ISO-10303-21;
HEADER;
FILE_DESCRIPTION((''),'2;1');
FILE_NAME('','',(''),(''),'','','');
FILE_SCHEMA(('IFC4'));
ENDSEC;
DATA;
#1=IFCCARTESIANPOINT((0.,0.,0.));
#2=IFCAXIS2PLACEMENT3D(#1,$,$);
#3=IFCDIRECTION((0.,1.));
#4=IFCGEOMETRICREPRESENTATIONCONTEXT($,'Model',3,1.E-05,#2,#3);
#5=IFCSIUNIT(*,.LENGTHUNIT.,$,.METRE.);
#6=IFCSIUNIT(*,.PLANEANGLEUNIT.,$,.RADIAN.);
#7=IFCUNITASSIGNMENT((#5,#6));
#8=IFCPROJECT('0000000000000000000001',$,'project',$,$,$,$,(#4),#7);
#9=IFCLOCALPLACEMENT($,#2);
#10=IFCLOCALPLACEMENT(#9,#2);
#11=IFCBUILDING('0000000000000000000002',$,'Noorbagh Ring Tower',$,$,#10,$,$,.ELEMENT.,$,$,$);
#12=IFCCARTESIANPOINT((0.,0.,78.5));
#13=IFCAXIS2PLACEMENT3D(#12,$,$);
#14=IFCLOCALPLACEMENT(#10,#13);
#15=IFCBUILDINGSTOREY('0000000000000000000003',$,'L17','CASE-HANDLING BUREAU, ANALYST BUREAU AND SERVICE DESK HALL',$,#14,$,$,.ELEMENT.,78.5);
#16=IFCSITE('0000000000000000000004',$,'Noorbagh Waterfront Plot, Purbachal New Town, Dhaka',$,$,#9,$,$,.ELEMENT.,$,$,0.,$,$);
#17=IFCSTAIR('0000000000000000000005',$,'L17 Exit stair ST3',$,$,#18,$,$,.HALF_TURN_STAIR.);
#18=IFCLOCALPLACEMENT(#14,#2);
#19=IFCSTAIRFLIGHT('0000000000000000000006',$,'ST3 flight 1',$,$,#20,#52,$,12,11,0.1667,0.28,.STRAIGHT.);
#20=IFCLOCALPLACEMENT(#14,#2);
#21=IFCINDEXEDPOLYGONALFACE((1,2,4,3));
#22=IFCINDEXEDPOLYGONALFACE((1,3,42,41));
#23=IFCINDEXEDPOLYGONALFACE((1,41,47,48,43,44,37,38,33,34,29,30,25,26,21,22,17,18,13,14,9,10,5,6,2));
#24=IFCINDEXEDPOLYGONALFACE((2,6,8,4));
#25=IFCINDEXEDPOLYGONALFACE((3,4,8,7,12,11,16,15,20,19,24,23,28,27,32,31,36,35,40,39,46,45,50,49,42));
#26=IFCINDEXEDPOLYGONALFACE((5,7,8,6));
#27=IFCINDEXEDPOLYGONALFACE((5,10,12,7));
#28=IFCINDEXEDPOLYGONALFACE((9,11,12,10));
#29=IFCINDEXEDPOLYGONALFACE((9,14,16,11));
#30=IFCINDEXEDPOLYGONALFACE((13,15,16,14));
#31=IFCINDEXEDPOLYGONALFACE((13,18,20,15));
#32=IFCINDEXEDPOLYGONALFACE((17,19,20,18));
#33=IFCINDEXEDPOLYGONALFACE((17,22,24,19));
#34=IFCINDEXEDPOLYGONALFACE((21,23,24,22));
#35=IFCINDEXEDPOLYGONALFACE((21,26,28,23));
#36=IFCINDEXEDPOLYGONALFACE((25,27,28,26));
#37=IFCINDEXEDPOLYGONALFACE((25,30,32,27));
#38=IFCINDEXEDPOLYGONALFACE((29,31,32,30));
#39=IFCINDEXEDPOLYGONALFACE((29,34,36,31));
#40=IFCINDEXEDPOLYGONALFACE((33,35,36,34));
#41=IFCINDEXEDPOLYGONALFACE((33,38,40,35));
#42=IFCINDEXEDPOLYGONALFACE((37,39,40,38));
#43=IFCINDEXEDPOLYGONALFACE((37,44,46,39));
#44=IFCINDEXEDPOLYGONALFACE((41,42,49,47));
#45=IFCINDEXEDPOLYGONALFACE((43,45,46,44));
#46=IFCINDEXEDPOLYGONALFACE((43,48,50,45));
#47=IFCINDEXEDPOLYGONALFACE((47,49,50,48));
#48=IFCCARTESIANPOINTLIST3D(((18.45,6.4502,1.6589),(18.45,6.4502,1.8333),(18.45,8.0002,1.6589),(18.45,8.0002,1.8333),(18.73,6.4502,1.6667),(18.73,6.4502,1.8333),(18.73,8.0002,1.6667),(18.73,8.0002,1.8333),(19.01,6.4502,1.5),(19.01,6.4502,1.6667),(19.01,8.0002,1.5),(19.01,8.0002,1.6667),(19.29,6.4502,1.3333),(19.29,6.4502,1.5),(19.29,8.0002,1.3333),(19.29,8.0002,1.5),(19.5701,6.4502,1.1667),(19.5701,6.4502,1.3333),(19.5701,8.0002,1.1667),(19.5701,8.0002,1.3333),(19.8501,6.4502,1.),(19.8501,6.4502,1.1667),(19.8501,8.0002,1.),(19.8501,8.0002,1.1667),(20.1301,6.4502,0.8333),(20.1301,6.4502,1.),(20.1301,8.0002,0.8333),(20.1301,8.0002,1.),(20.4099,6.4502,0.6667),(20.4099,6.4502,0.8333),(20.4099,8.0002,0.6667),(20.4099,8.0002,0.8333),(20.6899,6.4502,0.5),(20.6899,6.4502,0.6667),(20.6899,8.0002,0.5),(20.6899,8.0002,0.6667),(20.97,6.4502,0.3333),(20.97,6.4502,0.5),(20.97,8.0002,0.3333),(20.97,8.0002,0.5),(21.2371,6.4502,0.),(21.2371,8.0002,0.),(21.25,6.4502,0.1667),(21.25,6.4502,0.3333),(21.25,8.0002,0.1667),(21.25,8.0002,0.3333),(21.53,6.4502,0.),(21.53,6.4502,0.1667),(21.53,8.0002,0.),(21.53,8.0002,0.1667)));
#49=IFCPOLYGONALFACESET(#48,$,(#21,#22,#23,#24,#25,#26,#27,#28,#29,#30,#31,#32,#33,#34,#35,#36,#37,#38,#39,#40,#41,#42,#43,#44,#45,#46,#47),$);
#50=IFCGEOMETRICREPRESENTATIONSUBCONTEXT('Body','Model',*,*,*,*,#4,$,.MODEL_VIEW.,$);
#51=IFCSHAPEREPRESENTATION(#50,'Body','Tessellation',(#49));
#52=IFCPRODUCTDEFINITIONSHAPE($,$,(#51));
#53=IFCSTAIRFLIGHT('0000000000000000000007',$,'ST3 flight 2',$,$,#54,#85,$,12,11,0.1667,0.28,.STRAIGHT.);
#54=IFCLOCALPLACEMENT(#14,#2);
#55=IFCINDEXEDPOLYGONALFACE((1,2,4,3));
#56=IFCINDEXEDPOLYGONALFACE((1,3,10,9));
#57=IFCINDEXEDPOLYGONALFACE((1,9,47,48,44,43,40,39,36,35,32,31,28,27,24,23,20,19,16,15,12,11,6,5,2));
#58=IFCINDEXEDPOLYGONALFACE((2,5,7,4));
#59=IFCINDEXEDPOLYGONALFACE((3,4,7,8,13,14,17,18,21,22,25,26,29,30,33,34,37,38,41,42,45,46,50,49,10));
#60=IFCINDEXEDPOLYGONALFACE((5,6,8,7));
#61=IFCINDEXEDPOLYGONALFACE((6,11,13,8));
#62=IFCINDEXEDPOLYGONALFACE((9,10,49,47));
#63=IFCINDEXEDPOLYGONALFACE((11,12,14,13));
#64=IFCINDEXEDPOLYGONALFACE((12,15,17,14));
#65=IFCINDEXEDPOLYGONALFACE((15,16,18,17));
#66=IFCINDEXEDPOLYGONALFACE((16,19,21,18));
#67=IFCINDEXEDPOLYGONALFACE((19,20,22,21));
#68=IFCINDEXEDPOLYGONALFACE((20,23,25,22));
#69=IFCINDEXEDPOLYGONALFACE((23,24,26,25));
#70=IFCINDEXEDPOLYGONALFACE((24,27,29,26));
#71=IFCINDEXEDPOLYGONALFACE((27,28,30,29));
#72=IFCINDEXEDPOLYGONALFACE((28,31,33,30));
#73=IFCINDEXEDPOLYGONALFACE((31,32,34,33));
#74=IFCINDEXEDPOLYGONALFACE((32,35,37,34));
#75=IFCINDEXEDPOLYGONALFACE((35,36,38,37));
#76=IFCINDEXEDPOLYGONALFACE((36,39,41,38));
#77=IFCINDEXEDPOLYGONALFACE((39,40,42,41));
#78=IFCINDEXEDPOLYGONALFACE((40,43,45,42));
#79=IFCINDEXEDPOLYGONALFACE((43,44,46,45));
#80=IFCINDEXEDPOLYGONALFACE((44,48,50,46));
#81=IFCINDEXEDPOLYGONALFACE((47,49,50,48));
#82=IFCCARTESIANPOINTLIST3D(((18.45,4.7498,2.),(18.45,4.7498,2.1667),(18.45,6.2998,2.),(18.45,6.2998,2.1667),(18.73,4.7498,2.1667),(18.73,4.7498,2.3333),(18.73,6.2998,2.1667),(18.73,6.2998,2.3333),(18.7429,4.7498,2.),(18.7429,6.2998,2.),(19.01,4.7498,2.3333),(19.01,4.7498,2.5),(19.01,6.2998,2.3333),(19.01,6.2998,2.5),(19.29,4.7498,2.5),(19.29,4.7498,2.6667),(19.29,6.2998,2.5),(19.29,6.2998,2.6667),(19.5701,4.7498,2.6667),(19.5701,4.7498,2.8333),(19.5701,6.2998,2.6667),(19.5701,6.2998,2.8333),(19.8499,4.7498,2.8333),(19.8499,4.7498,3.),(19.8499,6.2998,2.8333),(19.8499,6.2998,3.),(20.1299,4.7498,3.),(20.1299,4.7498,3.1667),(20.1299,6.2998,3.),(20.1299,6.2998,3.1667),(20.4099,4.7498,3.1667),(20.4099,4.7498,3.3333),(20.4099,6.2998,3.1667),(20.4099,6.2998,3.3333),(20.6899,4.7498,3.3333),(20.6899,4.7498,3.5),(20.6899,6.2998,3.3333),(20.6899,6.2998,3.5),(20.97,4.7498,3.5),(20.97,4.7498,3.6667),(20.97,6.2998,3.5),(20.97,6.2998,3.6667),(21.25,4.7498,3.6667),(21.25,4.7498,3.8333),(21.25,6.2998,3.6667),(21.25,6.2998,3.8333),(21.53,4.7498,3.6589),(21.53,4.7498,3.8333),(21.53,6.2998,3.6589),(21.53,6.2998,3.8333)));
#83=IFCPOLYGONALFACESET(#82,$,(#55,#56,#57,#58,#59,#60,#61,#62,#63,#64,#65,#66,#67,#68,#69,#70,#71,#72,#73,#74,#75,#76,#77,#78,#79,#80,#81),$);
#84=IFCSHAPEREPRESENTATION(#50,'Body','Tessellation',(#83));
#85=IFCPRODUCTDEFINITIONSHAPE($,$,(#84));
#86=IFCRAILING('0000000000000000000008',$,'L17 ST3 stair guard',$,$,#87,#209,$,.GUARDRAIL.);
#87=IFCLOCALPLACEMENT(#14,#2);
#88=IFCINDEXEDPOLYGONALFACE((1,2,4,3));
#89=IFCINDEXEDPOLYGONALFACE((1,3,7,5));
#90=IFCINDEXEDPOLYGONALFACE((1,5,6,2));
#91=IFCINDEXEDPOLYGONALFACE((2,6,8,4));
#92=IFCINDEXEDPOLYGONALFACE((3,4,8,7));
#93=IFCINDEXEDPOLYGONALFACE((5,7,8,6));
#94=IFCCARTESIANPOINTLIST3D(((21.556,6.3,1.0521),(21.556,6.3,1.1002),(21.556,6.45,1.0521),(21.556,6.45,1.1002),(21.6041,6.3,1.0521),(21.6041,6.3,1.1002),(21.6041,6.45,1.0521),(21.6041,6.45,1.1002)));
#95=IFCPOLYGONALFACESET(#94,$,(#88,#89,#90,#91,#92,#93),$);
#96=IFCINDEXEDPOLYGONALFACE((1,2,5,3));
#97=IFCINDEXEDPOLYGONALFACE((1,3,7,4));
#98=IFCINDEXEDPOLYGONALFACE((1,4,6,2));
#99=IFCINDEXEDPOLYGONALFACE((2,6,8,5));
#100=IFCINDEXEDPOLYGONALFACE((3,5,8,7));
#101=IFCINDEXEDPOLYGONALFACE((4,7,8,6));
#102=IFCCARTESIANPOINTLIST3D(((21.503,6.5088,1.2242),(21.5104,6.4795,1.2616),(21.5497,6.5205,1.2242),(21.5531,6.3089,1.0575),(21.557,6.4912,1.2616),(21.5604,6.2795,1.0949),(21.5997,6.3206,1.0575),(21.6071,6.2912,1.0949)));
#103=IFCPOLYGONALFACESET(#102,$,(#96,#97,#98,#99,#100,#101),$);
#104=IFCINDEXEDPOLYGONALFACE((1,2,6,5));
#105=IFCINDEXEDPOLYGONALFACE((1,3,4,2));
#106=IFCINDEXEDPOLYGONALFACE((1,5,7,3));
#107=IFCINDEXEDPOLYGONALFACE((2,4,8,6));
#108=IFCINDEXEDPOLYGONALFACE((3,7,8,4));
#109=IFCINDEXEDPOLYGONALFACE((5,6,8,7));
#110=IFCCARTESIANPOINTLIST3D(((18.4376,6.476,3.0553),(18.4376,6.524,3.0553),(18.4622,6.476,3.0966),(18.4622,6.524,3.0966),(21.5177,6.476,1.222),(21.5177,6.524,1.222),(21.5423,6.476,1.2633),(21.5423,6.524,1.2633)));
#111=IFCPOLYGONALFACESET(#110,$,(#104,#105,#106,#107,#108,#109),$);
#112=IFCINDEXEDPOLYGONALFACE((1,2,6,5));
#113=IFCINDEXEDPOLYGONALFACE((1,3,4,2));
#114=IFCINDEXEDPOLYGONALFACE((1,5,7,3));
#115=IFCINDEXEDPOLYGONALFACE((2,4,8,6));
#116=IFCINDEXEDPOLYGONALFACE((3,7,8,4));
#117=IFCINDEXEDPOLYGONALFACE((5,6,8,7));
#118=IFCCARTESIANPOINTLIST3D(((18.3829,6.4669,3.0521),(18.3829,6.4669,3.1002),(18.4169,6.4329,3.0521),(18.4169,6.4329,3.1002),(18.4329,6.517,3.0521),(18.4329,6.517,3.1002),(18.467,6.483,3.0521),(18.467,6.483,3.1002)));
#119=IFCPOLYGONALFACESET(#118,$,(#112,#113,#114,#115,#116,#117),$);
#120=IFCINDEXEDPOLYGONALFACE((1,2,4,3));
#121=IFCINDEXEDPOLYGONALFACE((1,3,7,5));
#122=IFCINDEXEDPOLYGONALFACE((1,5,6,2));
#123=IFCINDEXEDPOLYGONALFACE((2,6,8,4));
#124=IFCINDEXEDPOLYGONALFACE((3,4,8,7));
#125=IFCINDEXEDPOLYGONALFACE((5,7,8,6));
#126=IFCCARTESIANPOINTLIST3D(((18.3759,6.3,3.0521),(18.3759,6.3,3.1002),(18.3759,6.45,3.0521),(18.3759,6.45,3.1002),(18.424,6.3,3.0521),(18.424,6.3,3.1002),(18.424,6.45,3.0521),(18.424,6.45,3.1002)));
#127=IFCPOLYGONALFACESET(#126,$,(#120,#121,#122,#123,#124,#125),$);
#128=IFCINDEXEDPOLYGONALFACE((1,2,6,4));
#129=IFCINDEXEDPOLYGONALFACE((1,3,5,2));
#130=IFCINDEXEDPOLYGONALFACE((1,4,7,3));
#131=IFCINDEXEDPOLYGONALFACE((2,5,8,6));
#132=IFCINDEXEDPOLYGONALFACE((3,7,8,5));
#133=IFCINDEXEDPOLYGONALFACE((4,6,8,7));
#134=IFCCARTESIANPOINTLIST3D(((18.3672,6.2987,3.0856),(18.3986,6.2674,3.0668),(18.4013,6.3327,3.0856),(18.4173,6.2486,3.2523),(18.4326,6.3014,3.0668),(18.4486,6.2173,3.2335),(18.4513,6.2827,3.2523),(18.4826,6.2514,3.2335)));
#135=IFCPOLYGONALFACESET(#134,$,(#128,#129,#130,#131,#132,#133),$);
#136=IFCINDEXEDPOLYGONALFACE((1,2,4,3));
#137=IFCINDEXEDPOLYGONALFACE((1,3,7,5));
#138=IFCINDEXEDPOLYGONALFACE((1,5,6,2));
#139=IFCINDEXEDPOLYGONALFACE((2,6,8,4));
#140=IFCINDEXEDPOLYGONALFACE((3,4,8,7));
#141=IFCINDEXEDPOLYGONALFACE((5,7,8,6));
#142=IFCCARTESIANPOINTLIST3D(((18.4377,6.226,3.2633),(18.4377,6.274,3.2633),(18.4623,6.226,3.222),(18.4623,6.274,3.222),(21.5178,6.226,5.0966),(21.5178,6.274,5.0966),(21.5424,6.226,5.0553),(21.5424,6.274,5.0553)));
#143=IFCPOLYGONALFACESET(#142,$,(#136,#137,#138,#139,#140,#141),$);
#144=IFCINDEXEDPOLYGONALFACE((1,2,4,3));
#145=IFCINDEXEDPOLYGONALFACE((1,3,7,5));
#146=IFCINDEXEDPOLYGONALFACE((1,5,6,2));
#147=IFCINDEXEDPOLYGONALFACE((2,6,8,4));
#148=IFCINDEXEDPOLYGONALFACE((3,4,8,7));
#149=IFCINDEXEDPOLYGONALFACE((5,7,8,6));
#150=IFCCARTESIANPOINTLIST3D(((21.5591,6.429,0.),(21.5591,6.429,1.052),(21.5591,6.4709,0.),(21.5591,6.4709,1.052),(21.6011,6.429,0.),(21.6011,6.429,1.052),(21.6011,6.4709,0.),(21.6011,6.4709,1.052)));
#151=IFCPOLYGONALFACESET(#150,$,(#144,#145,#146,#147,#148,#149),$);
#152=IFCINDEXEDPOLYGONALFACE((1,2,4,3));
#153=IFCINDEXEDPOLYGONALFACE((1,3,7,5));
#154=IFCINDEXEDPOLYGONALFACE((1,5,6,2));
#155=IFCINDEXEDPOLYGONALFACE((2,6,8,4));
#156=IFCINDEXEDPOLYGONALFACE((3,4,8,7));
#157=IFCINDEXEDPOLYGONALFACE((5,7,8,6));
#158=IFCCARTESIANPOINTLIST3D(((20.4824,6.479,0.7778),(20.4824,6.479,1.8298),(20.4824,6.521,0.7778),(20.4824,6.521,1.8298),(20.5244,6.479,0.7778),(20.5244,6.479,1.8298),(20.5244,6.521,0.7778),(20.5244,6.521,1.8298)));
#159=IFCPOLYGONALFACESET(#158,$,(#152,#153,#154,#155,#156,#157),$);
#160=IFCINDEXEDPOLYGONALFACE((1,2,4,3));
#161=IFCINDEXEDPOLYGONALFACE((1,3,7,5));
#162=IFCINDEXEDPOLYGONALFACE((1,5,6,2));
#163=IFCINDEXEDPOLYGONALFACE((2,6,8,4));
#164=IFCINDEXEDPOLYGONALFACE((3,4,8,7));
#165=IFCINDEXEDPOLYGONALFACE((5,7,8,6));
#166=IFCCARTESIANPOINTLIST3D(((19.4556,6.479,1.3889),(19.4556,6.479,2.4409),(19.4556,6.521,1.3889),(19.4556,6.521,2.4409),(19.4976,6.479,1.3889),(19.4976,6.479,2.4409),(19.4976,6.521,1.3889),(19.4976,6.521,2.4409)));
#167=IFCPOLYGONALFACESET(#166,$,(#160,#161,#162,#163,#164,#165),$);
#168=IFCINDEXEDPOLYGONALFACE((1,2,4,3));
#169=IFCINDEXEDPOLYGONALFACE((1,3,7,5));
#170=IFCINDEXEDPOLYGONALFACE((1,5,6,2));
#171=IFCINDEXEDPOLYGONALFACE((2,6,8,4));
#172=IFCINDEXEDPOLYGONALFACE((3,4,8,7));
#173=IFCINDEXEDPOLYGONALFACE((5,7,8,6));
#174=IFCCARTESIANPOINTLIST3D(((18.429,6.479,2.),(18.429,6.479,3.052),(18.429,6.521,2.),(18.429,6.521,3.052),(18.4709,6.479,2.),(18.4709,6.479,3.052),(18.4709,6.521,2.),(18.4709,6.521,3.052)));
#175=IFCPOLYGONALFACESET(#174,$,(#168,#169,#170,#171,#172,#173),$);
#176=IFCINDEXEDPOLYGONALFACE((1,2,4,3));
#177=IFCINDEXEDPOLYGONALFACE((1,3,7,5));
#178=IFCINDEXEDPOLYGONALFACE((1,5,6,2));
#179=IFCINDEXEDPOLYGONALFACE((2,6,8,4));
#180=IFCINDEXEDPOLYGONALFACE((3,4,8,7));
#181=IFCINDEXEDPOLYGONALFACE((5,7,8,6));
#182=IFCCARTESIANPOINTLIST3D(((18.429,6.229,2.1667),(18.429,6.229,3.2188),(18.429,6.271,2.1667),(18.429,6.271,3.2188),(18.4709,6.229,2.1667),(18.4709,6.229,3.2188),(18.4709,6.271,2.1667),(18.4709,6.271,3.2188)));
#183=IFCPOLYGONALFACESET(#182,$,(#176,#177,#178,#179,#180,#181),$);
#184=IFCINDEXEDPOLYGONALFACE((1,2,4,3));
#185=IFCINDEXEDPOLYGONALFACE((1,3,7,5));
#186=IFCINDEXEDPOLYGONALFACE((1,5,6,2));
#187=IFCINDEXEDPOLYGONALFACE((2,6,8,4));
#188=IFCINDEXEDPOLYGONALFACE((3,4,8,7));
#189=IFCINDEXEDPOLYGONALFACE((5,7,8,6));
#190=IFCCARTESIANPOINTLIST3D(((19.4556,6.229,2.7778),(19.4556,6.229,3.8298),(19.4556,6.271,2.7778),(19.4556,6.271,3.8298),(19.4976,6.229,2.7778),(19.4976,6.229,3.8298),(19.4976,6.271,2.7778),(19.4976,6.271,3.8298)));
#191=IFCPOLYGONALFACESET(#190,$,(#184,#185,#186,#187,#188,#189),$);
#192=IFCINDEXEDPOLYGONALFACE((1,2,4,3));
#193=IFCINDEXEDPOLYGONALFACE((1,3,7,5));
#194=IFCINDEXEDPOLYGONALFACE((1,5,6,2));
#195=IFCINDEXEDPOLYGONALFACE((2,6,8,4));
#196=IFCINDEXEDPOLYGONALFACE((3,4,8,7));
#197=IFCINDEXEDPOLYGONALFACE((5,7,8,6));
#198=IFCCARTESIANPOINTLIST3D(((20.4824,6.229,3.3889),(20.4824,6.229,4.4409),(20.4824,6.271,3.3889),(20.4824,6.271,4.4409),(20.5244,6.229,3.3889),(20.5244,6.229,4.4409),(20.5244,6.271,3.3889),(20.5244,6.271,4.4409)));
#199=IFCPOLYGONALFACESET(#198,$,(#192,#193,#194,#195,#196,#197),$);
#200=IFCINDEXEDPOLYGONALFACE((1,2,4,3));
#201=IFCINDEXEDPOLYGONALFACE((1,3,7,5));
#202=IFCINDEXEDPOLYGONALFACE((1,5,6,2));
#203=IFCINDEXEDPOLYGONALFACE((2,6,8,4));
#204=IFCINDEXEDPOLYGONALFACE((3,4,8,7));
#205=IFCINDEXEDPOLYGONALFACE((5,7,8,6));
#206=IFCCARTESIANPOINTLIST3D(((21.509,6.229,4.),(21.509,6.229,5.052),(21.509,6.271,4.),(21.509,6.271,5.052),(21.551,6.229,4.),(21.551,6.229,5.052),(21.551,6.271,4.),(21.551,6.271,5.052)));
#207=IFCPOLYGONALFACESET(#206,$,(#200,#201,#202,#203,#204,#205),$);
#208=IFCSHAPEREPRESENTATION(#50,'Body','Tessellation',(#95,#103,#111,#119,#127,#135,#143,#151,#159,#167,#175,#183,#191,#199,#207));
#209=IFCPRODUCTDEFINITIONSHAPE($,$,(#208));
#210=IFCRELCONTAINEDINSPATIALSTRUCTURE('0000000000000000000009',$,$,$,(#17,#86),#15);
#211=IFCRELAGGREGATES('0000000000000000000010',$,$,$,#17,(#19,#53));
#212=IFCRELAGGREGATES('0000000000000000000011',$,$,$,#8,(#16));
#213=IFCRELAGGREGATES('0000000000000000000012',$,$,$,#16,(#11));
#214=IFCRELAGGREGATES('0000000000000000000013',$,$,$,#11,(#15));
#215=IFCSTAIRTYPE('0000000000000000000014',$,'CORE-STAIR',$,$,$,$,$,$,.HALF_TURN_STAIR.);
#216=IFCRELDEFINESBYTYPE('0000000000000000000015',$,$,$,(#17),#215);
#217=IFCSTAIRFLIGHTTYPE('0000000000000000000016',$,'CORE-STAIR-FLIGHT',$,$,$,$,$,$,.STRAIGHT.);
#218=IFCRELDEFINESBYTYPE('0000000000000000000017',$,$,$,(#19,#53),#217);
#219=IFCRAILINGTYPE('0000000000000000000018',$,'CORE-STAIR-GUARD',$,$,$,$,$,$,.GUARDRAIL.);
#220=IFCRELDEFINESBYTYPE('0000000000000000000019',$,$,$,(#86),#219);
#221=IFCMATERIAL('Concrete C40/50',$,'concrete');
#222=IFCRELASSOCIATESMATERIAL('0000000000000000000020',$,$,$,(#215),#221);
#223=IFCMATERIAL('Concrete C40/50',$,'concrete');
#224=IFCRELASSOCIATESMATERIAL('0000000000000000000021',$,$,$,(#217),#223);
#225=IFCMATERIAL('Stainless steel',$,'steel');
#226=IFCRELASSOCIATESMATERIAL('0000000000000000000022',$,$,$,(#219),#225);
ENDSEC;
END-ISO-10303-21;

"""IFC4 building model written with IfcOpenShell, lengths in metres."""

from ifc_helpers import new_model, si_unit, direction, frame, origin, origin_2d, place, context, subcontext, project, spatial, polyline, rectangle, outline, extrude, material, type_object, element, aggregate, save


model = new_model("IFC4")

# Units and contexts
model_context = context("Model", 3, precision=1e-05, world=origin(), true_north=direction((0.0, 1.0)))
body_context = subcontext(model_context, "Body", "Model", "MODEL_VIEW")
ifc_project = project(units=[si_unit("LENGTHUNIT", "METRE"), si_unit("PLANEANGLEUNIT", "RADIAN")], contexts=[model_context])

# Site, building, storey
site_placement = place(None, origin())
site = spatial("IfcSite", under=ifc_project, at=site_placement, Name="Noorbagh Waterfront Plot, Purbachal New Town, Dhaka", CompositionType="ELEMENT", RefElevation=0.0)
building_placement = place(site_placement, origin())
building = spatial("IfcBuilding", under=site, at=building_placement, Name="Noorbagh Ring Tower", CompositionType="ELEMENT")
storey_placement = place(building_placement, frame((0.0, 0.0, 78.5)))
storey = spatial("IfcBuildingStorey", under=building, at=storey_placement, Name="L17", Description="CASE-HANDLING BUREAU, ANALYST BUREAU AND SERVICE DESK HALL", CompositionType="ELEMENT", Elevation=78.5)

# Stair, stair flights
ifc_material_1 = material(Name="Concrete C40/50", Category="concrete")
stair_type = type_object("IfcStairType", Name="CORE-STAIR", PredefinedType="HALF_TURN_STAIR", material=ifc_material_1)
stair_placement = place(storey_placement, origin())
stair = element("IfcStair", 1, at=stair_placement, inside=storey, type_object=stair_type, Name="L17 Exit stair ST3", PredefinedType="HALF_TURN_STAIR")
ifc_material_2 = material(Name="Concrete C40/50", Category="concrete")
stair_flight_type = type_object("IfcStairFlightType", Name="CORE-STAIR-FLIGHT", PredefinedType="STRAIGHT", material=ifc_material_2)
stair_flight_1_placement = place(storey_placement, frame((21.53, 7.2251, 0.0), z_axis=(0.0, 0.0, 1.0), x_axis=(-1.0, 0.0, 0.0)))
stair_flight_1 = element("IfcStairFlight", 2, at=stair_flight_1_placement, type_object=stair_flight_type, Name="ST3 flight 1", NumberOfRisers=12, NumberOfTreads=11, PredefinedType="STRAIGHT", RiserHeight=0.1667, TreadLength=0.28, context=body_context, shape_type="SweptSolid", body=[
    extrude(outline(polyline([(0.0, 0.0), (0.0, 0.1667), (0.28, 0.1667), (0.28, 0.3333), (0.5601, 0.3333), (0.5601, 0.5), (0.8401, 0.5), (0.8401, 0.6667), (1.1201, 0.6667), (1.1201, 0.8333), (1.3999, 0.8333), (1.3999, 1.0), (1.6799, 1.0), (1.6799, 1.1667), (1.96, 1.1667), (1.96, 1.3333), (2.24, 1.3333), (2.24, 1.5), (2.52, 1.5), (2.52, 1.6667), (2.8, 1.6667), (2.8, 1.8333), (3.0801, 1.8333), (3.0801, 2.0), (3.0801, 1.6589), (0.293, 0.0), (0.0, 0.0)])), frame((0.0, 0.7749, 0.0), z_axis=(0.0, -1.0, 0.0), x_axis=(1.0, 0.0, 0.0)), (0.0, 0.0, 1.0), 1.55),
])
stair_flight_2_placement = place(storey_placement, frame((18.45, 5.5249, 2.0), z_axis=(0.0, 0.0, 1.0), x_axis=(1.0, 0.0, 0.0)))
stair_flight_2 = element("IfcStairFlight", 3, at=stair_flight_2_placement, type_object=stair_flight_type, Name="ST3 flight 2", NumberOfRisers=12, NumberOfTreads=11, PredefinedType="STRAIGHT", RiserHeight=0.1667, TreadLength=0.28, context=body_context, shape_type="SweptSolid", body=[
    extrude(outline(polyline([(0.0, 0.0), (0.0, 0.1667), (0.28, 0.1667), (0.28, 0.3333), (0.5601, 0.3333), (0.5601, 0.5), (0.8401, 0.5), (0.8401, 0.6667), (1.1201, 0.6667), (1.1201, 0.8333), (1.3999, 0.8333), (1.3999, 1.0), (1.6799, 1.0), (1.6799, 1.1667), (1.96, 1.1667), (1.96, 1.3333), (2.24, 1.3333), (2.24, 1.5), (2.52, 1.5), (2.52, 1.6667), (2.8, 1.6667), (2.8, 1.8333), (3.0801, 1.8333), (3.0801, 2.0), (3.0801, 1.6589), (0.293, 0.0), (0.0, 0.0)])), frame((0.0, 0.7749, 0.0), z_axis=(0.0, -1.0, 0.0), x_axis=(1.0, 0.0, 0.0)), (0.0, 0.0, 1.0), 1.55),
])
aggregate(stair, [stair_flight_1, stair_flight_2])

# Railing
ifc_material_3 = material(Name="Stainless steel", Category="steel")
railing_type_1 = type_object("IfcRailingType", Name="CORE-STAIR-GUARD", PredefinedType="GUARDRAIL", material=ifc_material_3)
railing_1_placement = place(storey_placement, frame((21.5801, 6.45, 0.0)))
element("IfcRailing", 4, at=railing_1_placement, inside=storey, type_object=railing_type_1, Name="L17 ST3 stair guard", PredefinedType="GUARDRAIL", context=body_context, shape_type="SweptSolid", body=[
    extrude(rectangle(XDim=0.0481, YDim=0.0481, at=origin_2d()), frame((0.0, 0.0, 1.0762), z_axis=(0.0, -1.0, 0.0), x_axis=(1.0, 0.0, 0.0)), (0.0, 0.0, 1.0), 0.1499),
    extrude(rectangle(XDim=0.0481, YDim=0.0481, at=origin_2d()), frame((0.0, -0.1499, 1.0762), z_axis=(-0.188776, 0.754182, 0.628946), x_axis=(-0.970073, -0.242814, 0.0)), (0.0, 0.0, 1.0), 0.2651),
    extrude(rectangle(XDim=0.0481, YDim=0.0481, at=origin_2d()), frame((-0.05, 0.05, 1.2427), z_axis=(-0.859309, 0.0, 0.511458), x_axis=(0.0, -1.0, 0.0)), (0.0, 0.0, 1.0), 3.5845),
    extrude(rectangle(XDim=0.0481, YDim=0.0481, at=origin_2d()), frame((-3.1301, 0.05, 3.0762), z_axis=(-0.707107, -0.707107, 0.0), x_axis=(0.707107, -0.707107, 0.0)), (0.0, 0.0, 1.0), 0.0708),
    extrude(rectangle(XDim=0.0481, YDim=0.0481, at=origin_2d()), frame((-3.1802, 0.0, 3.0762), z_axis=(0.0, -1.0, 0.0), x_axis=(1.0, 0.0, 0.0)), (0.0, 0.0, 1.0), 0.1499),
    extrude(rectangle(XDim=0.0481, YDim=0.0481, at=origin_2d()), frame((-3.1802, -0.1499, 3.0762), z_axis=(0.276287, -0.276287, 0.920506), x_axis=(0.707107, 0.707107, 0.0)), (0.0, 0.0, 1.0), 0.1812),
    extrude(rectangle(XDim=0.0481, YDim=0.0481, at=origin_2d()), frame((-3.1301, -0.2, 3.2427), z_axis=(0.859309, 0.0, 0.511458), x_axis=(0.0, 1.0, 0.0)), (0.0, 0.0, 1.0), 3.5845),
    extrude(rectangle(XDim=0.042, YDim=0.042, at=origin_2d()), origin(), (0.0, 0.0, 1.0), 1.052),
    extrude(rectangle(XDim=0.042, YDim=0.042, at=origin_2d()), frame((-1.0767, 0.05, 0.7778)), (0.0, 0.0, 1.0), 1.052),
    extrude(rectangle(XDim=0.042, YDim=0.042, at=origin_2d()), frame((-2.1035, 0.05, 1.3889)), (0.0, 0.0, 1.0), 1.052),
    extrude(rectangle(XDim=0.042, YDim=0.042, at=origin_2d()), frame((-3.1301, 0.05, 2.0)), (0.0, 0.0, 1.0), 1.052),
    extrude(rectangle(XDim=0.042, YDim=0.042, at=origin_2d()), frame((-3.1301, -0.2, 2.1667)), (0.0, 0.0, 1.0), 1.052),
    extrude(rectangle(XDim=0.042, YDim=0.042, at=origin_2d()), frame((-2.1035, -0.2, 2.7778)), (0.0, 0.0, 1.0), 1.052),
    extrude(rectangle(XDim=0.042, YDim=0.042, at=origin_2d()), frame((-1.0767, -0.2, 3.3889)), (0.0, 0.0, 1.0), 1.052),
    extrude(rectangle(XDim=0.042, YDim=0.042, at=origin_2d()), frame((-0.05, -0.2, 4.0)), (0.0, 0.0, 1.0), 1.052),
])

save(model, "model.ifc")
